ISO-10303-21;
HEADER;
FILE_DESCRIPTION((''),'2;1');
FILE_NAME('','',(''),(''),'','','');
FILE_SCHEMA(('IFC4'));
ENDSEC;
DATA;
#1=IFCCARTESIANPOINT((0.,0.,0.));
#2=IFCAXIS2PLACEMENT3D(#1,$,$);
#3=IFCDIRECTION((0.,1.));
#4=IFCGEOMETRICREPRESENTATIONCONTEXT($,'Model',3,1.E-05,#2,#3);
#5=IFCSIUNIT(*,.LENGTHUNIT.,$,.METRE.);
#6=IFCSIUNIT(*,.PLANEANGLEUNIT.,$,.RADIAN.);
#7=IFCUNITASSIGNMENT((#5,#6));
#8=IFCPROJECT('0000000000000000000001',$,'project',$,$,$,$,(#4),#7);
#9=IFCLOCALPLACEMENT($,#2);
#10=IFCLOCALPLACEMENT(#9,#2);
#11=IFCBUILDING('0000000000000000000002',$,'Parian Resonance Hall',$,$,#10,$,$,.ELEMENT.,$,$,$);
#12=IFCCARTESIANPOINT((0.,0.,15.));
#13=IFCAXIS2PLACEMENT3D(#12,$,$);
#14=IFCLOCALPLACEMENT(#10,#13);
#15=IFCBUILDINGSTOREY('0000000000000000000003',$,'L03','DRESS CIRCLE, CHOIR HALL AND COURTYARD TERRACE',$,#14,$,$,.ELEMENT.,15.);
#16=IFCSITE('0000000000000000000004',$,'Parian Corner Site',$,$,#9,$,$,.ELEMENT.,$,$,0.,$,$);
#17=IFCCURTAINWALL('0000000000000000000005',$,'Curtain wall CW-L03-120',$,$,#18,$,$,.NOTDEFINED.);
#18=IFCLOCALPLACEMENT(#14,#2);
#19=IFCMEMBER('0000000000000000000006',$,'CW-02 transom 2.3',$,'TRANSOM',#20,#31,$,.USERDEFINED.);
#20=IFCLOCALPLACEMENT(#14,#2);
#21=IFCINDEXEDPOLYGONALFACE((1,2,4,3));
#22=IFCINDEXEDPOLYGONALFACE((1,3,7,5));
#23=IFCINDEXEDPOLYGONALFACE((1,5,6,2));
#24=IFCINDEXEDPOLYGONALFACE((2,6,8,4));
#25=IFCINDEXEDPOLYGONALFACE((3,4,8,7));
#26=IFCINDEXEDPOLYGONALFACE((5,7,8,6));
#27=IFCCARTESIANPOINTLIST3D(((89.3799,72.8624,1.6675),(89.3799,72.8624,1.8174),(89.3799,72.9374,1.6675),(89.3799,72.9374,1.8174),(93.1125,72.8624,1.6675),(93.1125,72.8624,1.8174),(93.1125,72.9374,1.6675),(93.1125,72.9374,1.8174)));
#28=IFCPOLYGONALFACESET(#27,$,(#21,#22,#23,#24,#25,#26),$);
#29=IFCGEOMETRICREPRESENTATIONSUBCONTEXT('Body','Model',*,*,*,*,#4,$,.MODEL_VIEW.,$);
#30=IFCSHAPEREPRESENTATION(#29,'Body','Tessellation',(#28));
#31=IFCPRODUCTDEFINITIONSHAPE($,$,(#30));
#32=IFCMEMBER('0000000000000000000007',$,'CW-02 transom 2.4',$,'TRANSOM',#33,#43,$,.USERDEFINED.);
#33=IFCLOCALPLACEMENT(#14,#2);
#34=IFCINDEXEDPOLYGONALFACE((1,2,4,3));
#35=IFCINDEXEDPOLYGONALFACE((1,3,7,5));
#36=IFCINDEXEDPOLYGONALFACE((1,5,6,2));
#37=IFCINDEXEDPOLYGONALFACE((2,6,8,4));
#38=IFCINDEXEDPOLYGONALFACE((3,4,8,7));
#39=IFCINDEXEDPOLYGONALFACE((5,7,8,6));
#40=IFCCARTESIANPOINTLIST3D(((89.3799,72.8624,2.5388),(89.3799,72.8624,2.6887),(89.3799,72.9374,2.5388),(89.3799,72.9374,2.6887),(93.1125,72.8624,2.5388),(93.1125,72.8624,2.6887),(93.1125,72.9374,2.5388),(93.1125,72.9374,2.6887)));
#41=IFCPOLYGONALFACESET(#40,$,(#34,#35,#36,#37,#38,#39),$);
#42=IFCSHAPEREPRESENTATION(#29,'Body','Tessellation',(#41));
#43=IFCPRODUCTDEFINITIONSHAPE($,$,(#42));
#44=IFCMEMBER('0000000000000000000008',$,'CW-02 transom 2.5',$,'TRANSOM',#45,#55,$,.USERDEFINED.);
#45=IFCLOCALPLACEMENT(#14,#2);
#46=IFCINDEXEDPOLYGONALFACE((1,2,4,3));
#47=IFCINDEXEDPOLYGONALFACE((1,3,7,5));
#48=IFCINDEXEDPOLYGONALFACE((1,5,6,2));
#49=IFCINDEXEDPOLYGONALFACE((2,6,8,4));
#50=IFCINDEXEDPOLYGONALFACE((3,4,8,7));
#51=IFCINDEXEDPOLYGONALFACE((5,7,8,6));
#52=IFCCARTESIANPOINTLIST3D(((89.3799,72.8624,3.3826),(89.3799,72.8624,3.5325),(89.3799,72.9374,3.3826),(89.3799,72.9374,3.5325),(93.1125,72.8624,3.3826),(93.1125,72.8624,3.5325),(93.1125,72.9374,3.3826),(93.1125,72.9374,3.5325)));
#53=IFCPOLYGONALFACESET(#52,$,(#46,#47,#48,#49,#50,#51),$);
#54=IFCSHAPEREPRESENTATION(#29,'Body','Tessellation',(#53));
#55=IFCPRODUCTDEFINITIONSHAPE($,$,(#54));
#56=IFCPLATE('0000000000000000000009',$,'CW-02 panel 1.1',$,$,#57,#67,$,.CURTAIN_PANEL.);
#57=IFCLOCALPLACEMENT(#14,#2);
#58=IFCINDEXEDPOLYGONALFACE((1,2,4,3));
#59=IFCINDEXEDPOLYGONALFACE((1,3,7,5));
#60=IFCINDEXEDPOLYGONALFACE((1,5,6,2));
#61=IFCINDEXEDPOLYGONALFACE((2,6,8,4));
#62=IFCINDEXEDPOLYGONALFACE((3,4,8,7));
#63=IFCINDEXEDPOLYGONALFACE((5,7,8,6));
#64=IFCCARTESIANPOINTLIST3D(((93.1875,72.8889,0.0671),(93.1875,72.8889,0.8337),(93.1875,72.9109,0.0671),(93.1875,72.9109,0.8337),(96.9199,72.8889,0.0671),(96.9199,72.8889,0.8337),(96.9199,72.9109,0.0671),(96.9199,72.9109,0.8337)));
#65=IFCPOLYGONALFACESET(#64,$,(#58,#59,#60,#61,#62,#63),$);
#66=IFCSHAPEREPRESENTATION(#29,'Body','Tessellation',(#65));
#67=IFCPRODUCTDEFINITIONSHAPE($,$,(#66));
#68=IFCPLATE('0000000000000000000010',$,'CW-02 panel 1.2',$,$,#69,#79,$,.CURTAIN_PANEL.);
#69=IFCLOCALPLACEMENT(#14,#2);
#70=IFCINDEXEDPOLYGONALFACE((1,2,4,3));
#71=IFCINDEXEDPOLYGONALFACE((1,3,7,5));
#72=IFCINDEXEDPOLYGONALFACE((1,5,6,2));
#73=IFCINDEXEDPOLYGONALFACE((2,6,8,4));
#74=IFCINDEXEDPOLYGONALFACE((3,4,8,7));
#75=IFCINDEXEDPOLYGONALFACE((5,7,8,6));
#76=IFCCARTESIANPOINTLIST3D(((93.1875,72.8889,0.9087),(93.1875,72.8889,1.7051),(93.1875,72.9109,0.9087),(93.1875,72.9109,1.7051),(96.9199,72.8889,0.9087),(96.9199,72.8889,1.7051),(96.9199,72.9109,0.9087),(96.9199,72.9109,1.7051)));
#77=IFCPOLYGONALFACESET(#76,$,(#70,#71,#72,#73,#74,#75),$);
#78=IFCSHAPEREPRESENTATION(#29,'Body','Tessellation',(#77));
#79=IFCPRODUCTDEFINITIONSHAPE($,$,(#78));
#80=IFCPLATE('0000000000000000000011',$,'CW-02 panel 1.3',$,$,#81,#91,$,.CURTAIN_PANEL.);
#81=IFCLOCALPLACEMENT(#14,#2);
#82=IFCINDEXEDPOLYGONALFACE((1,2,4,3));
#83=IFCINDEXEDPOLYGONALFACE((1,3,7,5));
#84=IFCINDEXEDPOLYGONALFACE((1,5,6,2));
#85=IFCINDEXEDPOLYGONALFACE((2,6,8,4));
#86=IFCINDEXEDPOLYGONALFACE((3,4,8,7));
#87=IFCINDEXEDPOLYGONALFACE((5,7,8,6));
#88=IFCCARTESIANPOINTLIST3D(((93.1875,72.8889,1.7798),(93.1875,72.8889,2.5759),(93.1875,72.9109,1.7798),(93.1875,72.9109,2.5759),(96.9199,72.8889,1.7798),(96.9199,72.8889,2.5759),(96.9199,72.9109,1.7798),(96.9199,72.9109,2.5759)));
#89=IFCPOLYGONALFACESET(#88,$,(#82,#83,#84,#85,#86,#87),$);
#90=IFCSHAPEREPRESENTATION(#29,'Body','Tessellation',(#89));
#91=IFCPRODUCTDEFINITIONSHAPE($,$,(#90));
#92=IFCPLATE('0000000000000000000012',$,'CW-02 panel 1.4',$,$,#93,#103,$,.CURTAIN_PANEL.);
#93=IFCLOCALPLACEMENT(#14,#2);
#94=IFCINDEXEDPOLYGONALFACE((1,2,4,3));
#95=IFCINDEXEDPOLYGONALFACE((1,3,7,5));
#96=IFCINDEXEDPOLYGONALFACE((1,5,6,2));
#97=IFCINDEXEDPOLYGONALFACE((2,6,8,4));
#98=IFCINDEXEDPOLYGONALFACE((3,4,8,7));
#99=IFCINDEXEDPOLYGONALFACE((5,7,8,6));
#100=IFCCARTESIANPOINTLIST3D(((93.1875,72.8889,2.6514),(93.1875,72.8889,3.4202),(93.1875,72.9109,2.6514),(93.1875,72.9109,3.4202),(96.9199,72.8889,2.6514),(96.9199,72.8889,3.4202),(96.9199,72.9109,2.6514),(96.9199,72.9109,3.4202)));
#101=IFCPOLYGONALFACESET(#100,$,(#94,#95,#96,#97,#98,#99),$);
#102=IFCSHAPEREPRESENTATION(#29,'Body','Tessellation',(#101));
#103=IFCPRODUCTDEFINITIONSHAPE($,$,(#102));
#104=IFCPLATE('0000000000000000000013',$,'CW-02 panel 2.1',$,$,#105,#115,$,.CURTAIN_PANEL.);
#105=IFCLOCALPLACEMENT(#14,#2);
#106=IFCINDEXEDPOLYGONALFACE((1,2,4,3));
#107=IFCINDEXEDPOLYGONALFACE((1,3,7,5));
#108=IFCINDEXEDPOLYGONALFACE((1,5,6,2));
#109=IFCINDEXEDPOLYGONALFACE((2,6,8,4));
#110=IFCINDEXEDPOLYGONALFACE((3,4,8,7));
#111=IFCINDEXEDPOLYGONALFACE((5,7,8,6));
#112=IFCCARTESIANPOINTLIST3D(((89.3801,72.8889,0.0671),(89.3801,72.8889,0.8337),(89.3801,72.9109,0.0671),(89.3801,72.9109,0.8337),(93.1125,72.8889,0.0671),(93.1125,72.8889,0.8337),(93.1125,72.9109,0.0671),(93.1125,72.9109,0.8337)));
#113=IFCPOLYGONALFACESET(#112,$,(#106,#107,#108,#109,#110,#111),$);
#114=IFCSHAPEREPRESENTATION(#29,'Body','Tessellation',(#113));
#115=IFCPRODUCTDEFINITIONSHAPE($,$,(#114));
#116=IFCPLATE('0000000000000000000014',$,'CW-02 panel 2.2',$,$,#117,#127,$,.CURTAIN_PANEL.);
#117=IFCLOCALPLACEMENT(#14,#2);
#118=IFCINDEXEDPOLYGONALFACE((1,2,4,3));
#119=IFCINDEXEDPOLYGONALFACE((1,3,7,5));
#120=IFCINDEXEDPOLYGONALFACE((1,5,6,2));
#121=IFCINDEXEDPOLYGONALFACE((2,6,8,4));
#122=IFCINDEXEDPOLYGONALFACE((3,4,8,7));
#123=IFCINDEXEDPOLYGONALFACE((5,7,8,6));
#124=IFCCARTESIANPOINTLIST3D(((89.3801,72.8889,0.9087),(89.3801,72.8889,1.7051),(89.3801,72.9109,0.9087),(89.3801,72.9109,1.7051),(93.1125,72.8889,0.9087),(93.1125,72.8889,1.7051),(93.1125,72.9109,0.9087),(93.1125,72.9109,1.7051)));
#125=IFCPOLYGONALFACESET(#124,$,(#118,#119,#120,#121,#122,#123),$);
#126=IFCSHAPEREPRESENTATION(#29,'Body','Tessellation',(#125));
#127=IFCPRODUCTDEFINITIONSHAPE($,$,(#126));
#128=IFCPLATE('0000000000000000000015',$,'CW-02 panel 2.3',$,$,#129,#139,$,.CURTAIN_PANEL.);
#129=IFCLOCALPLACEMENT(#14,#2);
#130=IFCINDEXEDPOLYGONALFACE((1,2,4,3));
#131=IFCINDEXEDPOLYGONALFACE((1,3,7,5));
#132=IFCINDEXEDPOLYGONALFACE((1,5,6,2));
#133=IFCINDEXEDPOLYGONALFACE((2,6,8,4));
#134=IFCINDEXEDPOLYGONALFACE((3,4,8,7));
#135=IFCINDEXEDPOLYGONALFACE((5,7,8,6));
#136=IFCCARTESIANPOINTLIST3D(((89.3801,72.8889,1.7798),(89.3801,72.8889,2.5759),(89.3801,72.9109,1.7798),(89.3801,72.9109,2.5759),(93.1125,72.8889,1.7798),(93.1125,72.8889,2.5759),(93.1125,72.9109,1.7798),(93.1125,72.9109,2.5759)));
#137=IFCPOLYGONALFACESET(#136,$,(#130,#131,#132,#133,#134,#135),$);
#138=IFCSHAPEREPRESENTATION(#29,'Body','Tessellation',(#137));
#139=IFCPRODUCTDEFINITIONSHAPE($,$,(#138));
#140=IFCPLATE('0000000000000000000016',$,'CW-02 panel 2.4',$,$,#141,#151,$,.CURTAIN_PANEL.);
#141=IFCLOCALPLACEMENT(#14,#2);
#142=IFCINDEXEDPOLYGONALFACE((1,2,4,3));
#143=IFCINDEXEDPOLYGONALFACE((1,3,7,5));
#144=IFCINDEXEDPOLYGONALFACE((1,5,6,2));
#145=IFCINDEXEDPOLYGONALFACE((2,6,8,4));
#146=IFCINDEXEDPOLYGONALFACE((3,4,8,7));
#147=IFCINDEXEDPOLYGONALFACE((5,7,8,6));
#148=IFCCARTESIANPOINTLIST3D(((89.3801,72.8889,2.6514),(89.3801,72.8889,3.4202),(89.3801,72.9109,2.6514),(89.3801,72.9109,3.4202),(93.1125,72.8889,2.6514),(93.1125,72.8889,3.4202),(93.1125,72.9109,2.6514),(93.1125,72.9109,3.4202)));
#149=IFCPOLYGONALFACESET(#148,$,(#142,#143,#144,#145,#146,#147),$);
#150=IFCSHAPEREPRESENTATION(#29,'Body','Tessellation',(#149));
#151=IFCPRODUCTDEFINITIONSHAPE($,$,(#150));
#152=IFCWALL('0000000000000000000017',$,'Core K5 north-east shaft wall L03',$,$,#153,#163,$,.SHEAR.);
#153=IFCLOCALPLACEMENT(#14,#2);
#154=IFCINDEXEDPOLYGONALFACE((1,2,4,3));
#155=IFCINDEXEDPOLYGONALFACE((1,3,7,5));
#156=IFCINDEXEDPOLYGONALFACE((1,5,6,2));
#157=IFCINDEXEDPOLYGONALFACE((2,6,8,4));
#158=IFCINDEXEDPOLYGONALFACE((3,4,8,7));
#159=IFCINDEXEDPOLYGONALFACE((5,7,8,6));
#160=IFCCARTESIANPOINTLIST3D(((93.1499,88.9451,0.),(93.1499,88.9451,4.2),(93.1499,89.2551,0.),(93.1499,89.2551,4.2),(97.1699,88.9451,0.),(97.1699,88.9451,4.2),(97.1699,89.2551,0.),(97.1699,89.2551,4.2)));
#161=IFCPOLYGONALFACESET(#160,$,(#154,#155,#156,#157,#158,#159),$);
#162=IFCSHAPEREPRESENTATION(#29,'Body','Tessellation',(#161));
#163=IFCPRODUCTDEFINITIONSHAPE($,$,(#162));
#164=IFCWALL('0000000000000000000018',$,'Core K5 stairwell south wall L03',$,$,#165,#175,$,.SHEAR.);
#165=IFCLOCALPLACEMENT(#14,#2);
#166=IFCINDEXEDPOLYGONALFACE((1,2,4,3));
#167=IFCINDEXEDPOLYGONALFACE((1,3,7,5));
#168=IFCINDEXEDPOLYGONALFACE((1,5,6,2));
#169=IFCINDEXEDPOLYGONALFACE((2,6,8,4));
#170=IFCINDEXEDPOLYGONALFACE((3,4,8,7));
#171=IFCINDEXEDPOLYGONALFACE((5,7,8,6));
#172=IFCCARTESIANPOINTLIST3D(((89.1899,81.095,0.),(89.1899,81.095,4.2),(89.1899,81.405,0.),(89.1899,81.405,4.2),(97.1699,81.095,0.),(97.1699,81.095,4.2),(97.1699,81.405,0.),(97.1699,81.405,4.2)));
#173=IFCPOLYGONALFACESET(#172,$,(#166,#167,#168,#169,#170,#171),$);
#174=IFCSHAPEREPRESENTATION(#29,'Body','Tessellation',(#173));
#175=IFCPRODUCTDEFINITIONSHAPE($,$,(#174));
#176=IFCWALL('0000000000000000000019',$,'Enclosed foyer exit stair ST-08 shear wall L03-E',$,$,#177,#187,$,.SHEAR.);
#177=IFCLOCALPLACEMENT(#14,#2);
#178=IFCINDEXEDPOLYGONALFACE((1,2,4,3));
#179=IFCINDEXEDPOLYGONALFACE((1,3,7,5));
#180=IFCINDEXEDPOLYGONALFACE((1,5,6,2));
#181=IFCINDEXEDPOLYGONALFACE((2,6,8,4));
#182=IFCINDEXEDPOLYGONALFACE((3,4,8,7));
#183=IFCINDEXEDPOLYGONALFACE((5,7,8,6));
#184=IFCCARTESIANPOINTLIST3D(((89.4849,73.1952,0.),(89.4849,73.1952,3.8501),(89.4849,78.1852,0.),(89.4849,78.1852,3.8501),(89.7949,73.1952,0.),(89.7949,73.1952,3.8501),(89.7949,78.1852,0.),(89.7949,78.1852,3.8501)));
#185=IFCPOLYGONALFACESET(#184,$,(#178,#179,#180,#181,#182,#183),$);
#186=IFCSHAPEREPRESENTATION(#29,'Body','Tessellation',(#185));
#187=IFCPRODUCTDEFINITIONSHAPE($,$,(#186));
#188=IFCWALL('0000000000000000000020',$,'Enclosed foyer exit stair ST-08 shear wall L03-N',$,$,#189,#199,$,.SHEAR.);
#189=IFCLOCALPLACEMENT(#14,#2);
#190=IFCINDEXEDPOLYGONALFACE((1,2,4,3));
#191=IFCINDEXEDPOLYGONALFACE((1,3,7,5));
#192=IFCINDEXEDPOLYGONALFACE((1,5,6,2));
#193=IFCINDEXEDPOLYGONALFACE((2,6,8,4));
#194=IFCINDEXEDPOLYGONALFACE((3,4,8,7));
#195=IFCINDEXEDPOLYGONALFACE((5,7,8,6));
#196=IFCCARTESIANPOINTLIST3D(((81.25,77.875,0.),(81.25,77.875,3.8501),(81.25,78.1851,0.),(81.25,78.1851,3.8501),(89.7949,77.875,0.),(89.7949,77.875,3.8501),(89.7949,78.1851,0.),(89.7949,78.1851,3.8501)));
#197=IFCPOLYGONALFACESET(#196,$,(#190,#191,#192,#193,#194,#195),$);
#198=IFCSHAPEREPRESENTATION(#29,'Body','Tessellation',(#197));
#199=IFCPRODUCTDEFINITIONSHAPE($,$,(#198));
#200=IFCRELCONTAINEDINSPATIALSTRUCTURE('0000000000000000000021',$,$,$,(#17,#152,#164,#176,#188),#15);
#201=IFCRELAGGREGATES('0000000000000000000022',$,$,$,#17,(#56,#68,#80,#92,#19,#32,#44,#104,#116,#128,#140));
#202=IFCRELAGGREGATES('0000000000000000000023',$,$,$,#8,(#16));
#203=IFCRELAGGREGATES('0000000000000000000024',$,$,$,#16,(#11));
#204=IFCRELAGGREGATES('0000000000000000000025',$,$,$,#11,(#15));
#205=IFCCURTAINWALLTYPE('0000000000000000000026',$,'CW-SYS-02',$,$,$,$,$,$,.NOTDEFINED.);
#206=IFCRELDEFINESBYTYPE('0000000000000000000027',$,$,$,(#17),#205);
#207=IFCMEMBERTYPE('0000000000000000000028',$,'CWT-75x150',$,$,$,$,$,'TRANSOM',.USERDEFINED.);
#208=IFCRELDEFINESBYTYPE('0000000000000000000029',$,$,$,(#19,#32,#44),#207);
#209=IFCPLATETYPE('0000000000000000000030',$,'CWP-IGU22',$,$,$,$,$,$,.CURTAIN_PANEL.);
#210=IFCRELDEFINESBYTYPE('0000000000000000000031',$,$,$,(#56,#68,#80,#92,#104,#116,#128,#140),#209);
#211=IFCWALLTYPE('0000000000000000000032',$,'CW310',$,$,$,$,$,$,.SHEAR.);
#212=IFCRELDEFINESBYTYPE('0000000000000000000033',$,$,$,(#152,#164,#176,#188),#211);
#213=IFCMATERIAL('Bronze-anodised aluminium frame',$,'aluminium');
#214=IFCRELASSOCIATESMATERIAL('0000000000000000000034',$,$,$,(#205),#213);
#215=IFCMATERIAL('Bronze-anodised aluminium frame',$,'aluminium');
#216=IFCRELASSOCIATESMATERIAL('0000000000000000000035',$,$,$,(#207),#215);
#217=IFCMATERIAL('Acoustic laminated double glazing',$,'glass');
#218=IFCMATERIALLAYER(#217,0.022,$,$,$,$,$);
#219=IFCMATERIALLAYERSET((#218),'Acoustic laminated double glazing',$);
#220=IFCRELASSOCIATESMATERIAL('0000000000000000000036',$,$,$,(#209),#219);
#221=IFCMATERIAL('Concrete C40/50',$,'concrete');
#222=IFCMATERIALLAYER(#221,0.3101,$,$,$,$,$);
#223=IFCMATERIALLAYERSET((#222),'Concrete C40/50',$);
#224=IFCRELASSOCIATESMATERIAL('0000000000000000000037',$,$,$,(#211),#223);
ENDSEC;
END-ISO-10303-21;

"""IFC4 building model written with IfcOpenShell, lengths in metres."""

from ifc_helpers import new_model, si_unit, direction, frame, frame_2d, origin, origin_2d, place, context, subcontext, project, spatial, rectangle, extrude, material, layer, layer_set, material_profile, profile_set, type_object, element, aggregate, save


model = new_model("IFC4")

# Units and contexts
model_context = context("Model", 3, precision=1e-05, world=origin(), true_north=direction((0.0, 1.0)))
body_context = subcontext(model_context, "Body", "Model", "MODEL_VIEW")
ifc_project = project(units=[si_unit("LENGTHUNIT", "METRE"), si_unit("PLANEANGLEUNIT", "RADIAN")], contexts=[model_context])

# Site, building, storey
site_placement = place(None, origin())
site = spatial("IfcSite", under=ifc_project, at=site_placement, Name="Parian Corner Site", CompositionType="ELEMENT", RefElevation=0.0)
building_placement = place(site_placement, origin())
building = spatial("IfcBuilding", under=site, at=building_placement, Name="Parian Resonance Hall", CompositionType="ELEMENT")
storey_placement = place(building_placement, frame((0.0, 0.0, 15.0)))
storey = spatial("IfcBuildingStorey", under=building, at=storey_placement, Name="L03", Description="DRESS CIRCLE, CHOIR HALL AND COURTYARD TERRACE", CompositionType="ELEMENT", Elevation=15.0)

# Curtain wall, members, plates
ifc_material_1 = material(Name="Bronze-anodised aluminium frame", Category="aluminium")
curtain_wall_type = type_object("IfcCurtainWallType", Name="CW-SYS-02", PredefinedType="NOTDEFINED", material=ifc_material_1)
curtain_wall_placement = place(storey_placement, origin())
curtain_wall = element("IfcCurtainWall", 1, at=curtain_wall_placement, inside=storey, type_object=curtain_wall_type, Name="Curtain wall CW-L03-120", PredefinedType="NOTDEFINED")
ifc_material_2 = material(Name="Bronze-anodised aluminium frame", Category="aluminium")
ifc_material_profile_1 = material_profile(ifc_material_2, rectangle(XDim=0.075, YDim=0.1499, at=origin_2d()), Name="CWT-75x150")
ifc_profile_set_1 = profile_set([ifc_material_profile_1], Name="Bronze-anodised aluminium frame")
member_type_1 = type_object("IfcMemberType", Name="CWT-75x150", ElementType="TRANSOM", PredefinedType="USERDEFINED", material=ifc_profile_set_1)
member_1_placement = place(storey_placement, frame((93.1125, 72.8999, 1.7424), z_axis=(-1.0, 0.0, 0.0), x_axis=(0.0, -1.0, 0.0)))
member_1 = element("IfcMember", 2, at=member_1_placement, type_object=member_type_1, Name="CW-02 transom 2.3", ObjectType="TRANSOM", PredefinedType="USERDEFINED", context=body_context, shape_type="SweptSolid", body=[
    extrude(rectangle(XDim=0.075, YDim=0.1499, at=origin_2d()), origin(), (0.0, 0.0, 1.0), 3.7327),
])
member_2_placement = place(storey_placement, frame((93.1125, 72.8999, 2.6138), z_axis=(-1.0, 0.0, 0.0), x_axis=(0.0, -1.0, 0.0)))
member_2 = element("IfcMember", 3, at=member_2_placement, type_object=member_type_1, Name="CW-02 transom 2.4", ObjectType="TRANSOM", PredefinedType="USERDEFINED", context=body_context, shape_type="SweptSolid", body=[
    extrude(rectangle(XDim=0.075, YDim=0.1499, at=origin_2d()), origin(), (0.0, 0.0, 1.0), 3.7327),
])
member_3_placement = place(storey_placement, frame((93.1125, 72.8999, 3.4575), z_axis=(-1.0, 0.0, 0.0), x_axis=(0.0, -1.0, 0.0)))
member_3 = element("IfcMember", 4, at=member_3_placement, type_object=member_type_1, Name="CW-02 transom 2.5", ObjectType="TRANSOM", PredefinedType="USERDEFINED", context=body_context, shape_type="SweptSolid", body=[
    extrude(rectangle(XDim=0.075, YDim=0.1499, at=origin_2d()), origin(), (0.0, 0.0, 1.0), 3.7327),
])
ifc_material_3 = material(Name="Acoustic laminated double glazing", Category="glass")
ifc_layer_1 = layer(ifc_material_3, 0.022)
ifc_layer_set_1 = layer_set([ifc_layer_1], Name="Acoustic laminated double glazing")
plate_type = type_object("IfcPlateType", Name="CWP-IGU22", PredefinedType="CURTAIN_PANEL", material=ifc_layer_set_1)
plate_1_placement = place(storey_placement, frame((95.0537, 72.8999, 0.0671), z_axis=(0.0, 0.0, 1.0), x_axis=(-1.0, 0.0, 0.0)))
plate_1 = element("IfcPlate", 5, at=plate_1_placement, type_object=plate_type, Name="CW-02 panel 1.1", PredefinedType="CURTAIN_PANEL", context=body_context, shape_type="SweptSolid", body=[
    extrude(rectangle(XDim=3.7324, YDim=0.022, at=origin_2d()), origin(), (0.0, 0.0, 1.0), 0.7666),
])
plate_2_placement = place(storey_placement, frame((95.0537, 72.8999, 0.9087), z_axis=(0.0, 0.0, 1.0), x_axis=(-1.0, 0.0, 0.0)))
plate_2 = element("IfcPlate", 6, at=plate_2_placement, type_object=plate_type, Name="CW-02 panel 1.2", PredefinedType="CURTAIN_PANEL", context=body_context, shape_type="SweptSolid", body=[
    extrude(rectangle(XDim=3.7324, YDim=0.022, at=origin_2d()), origin(), (0.0, 0.0, 1.0), 0.7964),
])
plate_3_placement = place(storey_placement, frame((95.0537, 72.8999, 1.7798), z_axis=(0.0, 0.0, 1.0), x_axis=(-1.0, 0.0, 0.0)))
plate_3 = element("IfcPlate", 7, at=plate_3_placement, type_object=plate_type, Name="CW-02 panel 1.3", PredefinedType="CURTAIN_PANEL", context=body_context, shape_type="SweptSolid", body=[
    extrude(rectangle(XDim=3.7324, YDim=0.022, at=origin_2d()), origin(), (0.0, 0.0, 1.0), 0.7961),
])
plate_4_placement = place(storey_placement, frame((95.0537, 72.8999, 2.6514), z_axis=(0.0, 0.0, 1.0), x_axis=(-1.0, 0.0, 0.0)))
plate_4 = element("IfcPlate", 8, at=plate_4_placement, type_object=plate_type, Name="CW-02 panel 1.4", PredefinedType="CURTAIN_PANEL", context=body_context, shape_type="SweptSolid", body=[
    extrude(rectangle(XDim=3.7324, YDim=0.022, at=origin_2d()), origin(), (0.0, 0.0, 1.0), 0.7688),
])
plate_5_placement = place(storey_placement, frame((91.2463, 72.8999, 0.0671), z_axis=(0.0, 0.0, 1.0), x_axis=(-1.0, 0.0, 0.0)))
plate_5 = element("IfcPlate", 9, at=plate_5_placement, type_object=plate_type, Name="CW-02 panel 2.1", PredefinedType="CURTAIN_PANEL", context=body_context, shape_type="SweptSolid", body=[
    extrude(rectangle(XDim=3.7324, YDim=0.022, at=origin_2d()), origin(), (0.0, 0.0, 1.0), 0.7666),
])
plate_6_placement = place(storey_placement, frame((91.2463, 72.8999, 0.9087), z_axis=(0.0, 0.0, 1.0), x_axis=(-1.0, 0.0, 0.0)))
plate_6 = element("IfcPlate", 10, at=plate_6_placement, type_object=plate_type, Name="CW-02 panel 2.2", PredefinedType="CURTAIN_PANEL", context=body_context, shape_type="SweptSolid", body=[
    extrude(rectangle(XDim=3.7324, YDim=0.022, at=origin_2d()), origin(), (0.0, 0.0, 1.0), 0.7964),
])
plate_7_placement = place(storey_placement, frame((91.2463, 72.8999, 1.7798), z_axis=(0.0, 0.0, 1.0), x_axis=(-1.0, 0.0, 0.0)))
plate_7 = element("IfcPlate", 11, at=plate_7_placement, type_object=plate_type, Name="CW-02 panel 2.3", PredefinedType="CURTAIN_PANEL", context=body_context, shape_type="SweptSolid", body=[
    extrude(rectangle(XDim=3.7324, YDim=0.022, at=origin_2d()), origin(), (0.0, 0.0, 1.0), 0.7961),
])
plate_8_placement = place(storey_placement, frame((91.2463, 72.8999, 2.6514), z_axis=(0.0, 0.0, 1.0), x_axis=(-1.0, 0.0, 0.0)))
plate_8 = element("IfcPlate", 12, at=plate_8_placement, type_object=plate_type, Name="CW-02 panel 2.4", PredefinedType="CURTAIN_PANEL", context=body_context, shape_type="SweptSolid", body=[
    extrude(rectangle(XDim=3.7324, YDim=0.022, at=origin_2d()), origin(), (0.0, 0.0, 1.0), 0.7688),
])
aggregate(curtain_wall, [plate_1, plate_2, plate_3, plate_4, member_1, member_2, member_3, plate_5, plate_6, plate_7, plate_8])

# Walls
ifc_material_4 = material(Name="Concrete C40/50", Category="concrete")
ifc_layer_2 = layer(ifc_material_4, 0.3101)
ifc_layer_set_2 = layer_set([ifc_layer_2], Name="Concrete C40/50")
wall_type_1 = type_object("IfcWallType", Name="CW310", PredefinedType="SHEAR", material=ifc_layer_set_2)
wall_1_placement = place(storey_placement, frame((93.1499, 89.1001, 0.0), z_axis=(0.0, 0.0, 1.0), x_axis=(1.0, 0.0, 0.0)))
element("IfcWall", 13, at=wall_1_placement, inside=storey, type_object=wall_type_1, Name="Core K5 north-east shaft wall L03", PredefinedType="SHEAR", context=body_context, shape_type="SweptSolid", body=[
    extrude(rectangle(XDim=4.02, YDim=0.3101, at=frame_2d((2.01, 0.0))), origin(), (0.0, 0.0, 1.0), 4.2),
])
wall_2_placement = place(storey_placement, frame((97.1699, 81.25, 0.0), z_axis=(0.0, 0.0, 1.0), x_axis=(-1.0, 0.0, 0.0)))
element("IfcWall", 14, at=wall_2_placement, inside=storey, type_object=wall_type_1, Name="Core K5 stairwell south wall L03", PredefinedType="SHEAR", context=body_context, shape_type="SweptSolid", body=[
    extrude(rectangle(XDim=7.98, YDim=0.3101, at=frame_2d((3.99, 0.0))), origin(), (0.0, 0.0, 1.0), 4.2),
])
wall_3_placement = place(storey_placement, frame((89.6399, 73.1951, 0.0), z_axis=(0.0, 0.0, 1.0), x_axis=(0.0, 1.0, 0.0)))
element("IfcWall", 15, at=wall_3_placement, inside=storey, type_object=wall_type_1, Name="Enclosed foyer exit stair ST-08 shear wall L03-E", PredefinedType="SHEAR", context=body_context, shape_type="SweptSolid", body=[
    extrude(rectangle(XDim=4.99, YDim=0.3101, at=frame_2d((2.4951, 0.0))), origin(), (0.0, 0.0, 1.0), 3.8501),
])
wall_4_placement = place(storey_placement, frame((89.7949, 78.03, 0.0), z_axis=(0.0, 0.0, 1.0), x_axis=(-1.0, 0.0, 0.0)))
element("IfcWall", 16, at=wall_4_placement, inside=storey, type_object=wall_type_1, Name="Enclosed foyer exit stair ST-08 shear wall L03-N", PredefinedType="SHEAR", context=body_context, shape_type="SweptSolid", body=[
    extrude(rectangle(XDim=8.5449, YDim=0.3101, at=frame_2d((4.2725, 0.0))), origin(), (0.0, 0.0, 1.0), 3.8501),
])

save(model, "model.ifc")
